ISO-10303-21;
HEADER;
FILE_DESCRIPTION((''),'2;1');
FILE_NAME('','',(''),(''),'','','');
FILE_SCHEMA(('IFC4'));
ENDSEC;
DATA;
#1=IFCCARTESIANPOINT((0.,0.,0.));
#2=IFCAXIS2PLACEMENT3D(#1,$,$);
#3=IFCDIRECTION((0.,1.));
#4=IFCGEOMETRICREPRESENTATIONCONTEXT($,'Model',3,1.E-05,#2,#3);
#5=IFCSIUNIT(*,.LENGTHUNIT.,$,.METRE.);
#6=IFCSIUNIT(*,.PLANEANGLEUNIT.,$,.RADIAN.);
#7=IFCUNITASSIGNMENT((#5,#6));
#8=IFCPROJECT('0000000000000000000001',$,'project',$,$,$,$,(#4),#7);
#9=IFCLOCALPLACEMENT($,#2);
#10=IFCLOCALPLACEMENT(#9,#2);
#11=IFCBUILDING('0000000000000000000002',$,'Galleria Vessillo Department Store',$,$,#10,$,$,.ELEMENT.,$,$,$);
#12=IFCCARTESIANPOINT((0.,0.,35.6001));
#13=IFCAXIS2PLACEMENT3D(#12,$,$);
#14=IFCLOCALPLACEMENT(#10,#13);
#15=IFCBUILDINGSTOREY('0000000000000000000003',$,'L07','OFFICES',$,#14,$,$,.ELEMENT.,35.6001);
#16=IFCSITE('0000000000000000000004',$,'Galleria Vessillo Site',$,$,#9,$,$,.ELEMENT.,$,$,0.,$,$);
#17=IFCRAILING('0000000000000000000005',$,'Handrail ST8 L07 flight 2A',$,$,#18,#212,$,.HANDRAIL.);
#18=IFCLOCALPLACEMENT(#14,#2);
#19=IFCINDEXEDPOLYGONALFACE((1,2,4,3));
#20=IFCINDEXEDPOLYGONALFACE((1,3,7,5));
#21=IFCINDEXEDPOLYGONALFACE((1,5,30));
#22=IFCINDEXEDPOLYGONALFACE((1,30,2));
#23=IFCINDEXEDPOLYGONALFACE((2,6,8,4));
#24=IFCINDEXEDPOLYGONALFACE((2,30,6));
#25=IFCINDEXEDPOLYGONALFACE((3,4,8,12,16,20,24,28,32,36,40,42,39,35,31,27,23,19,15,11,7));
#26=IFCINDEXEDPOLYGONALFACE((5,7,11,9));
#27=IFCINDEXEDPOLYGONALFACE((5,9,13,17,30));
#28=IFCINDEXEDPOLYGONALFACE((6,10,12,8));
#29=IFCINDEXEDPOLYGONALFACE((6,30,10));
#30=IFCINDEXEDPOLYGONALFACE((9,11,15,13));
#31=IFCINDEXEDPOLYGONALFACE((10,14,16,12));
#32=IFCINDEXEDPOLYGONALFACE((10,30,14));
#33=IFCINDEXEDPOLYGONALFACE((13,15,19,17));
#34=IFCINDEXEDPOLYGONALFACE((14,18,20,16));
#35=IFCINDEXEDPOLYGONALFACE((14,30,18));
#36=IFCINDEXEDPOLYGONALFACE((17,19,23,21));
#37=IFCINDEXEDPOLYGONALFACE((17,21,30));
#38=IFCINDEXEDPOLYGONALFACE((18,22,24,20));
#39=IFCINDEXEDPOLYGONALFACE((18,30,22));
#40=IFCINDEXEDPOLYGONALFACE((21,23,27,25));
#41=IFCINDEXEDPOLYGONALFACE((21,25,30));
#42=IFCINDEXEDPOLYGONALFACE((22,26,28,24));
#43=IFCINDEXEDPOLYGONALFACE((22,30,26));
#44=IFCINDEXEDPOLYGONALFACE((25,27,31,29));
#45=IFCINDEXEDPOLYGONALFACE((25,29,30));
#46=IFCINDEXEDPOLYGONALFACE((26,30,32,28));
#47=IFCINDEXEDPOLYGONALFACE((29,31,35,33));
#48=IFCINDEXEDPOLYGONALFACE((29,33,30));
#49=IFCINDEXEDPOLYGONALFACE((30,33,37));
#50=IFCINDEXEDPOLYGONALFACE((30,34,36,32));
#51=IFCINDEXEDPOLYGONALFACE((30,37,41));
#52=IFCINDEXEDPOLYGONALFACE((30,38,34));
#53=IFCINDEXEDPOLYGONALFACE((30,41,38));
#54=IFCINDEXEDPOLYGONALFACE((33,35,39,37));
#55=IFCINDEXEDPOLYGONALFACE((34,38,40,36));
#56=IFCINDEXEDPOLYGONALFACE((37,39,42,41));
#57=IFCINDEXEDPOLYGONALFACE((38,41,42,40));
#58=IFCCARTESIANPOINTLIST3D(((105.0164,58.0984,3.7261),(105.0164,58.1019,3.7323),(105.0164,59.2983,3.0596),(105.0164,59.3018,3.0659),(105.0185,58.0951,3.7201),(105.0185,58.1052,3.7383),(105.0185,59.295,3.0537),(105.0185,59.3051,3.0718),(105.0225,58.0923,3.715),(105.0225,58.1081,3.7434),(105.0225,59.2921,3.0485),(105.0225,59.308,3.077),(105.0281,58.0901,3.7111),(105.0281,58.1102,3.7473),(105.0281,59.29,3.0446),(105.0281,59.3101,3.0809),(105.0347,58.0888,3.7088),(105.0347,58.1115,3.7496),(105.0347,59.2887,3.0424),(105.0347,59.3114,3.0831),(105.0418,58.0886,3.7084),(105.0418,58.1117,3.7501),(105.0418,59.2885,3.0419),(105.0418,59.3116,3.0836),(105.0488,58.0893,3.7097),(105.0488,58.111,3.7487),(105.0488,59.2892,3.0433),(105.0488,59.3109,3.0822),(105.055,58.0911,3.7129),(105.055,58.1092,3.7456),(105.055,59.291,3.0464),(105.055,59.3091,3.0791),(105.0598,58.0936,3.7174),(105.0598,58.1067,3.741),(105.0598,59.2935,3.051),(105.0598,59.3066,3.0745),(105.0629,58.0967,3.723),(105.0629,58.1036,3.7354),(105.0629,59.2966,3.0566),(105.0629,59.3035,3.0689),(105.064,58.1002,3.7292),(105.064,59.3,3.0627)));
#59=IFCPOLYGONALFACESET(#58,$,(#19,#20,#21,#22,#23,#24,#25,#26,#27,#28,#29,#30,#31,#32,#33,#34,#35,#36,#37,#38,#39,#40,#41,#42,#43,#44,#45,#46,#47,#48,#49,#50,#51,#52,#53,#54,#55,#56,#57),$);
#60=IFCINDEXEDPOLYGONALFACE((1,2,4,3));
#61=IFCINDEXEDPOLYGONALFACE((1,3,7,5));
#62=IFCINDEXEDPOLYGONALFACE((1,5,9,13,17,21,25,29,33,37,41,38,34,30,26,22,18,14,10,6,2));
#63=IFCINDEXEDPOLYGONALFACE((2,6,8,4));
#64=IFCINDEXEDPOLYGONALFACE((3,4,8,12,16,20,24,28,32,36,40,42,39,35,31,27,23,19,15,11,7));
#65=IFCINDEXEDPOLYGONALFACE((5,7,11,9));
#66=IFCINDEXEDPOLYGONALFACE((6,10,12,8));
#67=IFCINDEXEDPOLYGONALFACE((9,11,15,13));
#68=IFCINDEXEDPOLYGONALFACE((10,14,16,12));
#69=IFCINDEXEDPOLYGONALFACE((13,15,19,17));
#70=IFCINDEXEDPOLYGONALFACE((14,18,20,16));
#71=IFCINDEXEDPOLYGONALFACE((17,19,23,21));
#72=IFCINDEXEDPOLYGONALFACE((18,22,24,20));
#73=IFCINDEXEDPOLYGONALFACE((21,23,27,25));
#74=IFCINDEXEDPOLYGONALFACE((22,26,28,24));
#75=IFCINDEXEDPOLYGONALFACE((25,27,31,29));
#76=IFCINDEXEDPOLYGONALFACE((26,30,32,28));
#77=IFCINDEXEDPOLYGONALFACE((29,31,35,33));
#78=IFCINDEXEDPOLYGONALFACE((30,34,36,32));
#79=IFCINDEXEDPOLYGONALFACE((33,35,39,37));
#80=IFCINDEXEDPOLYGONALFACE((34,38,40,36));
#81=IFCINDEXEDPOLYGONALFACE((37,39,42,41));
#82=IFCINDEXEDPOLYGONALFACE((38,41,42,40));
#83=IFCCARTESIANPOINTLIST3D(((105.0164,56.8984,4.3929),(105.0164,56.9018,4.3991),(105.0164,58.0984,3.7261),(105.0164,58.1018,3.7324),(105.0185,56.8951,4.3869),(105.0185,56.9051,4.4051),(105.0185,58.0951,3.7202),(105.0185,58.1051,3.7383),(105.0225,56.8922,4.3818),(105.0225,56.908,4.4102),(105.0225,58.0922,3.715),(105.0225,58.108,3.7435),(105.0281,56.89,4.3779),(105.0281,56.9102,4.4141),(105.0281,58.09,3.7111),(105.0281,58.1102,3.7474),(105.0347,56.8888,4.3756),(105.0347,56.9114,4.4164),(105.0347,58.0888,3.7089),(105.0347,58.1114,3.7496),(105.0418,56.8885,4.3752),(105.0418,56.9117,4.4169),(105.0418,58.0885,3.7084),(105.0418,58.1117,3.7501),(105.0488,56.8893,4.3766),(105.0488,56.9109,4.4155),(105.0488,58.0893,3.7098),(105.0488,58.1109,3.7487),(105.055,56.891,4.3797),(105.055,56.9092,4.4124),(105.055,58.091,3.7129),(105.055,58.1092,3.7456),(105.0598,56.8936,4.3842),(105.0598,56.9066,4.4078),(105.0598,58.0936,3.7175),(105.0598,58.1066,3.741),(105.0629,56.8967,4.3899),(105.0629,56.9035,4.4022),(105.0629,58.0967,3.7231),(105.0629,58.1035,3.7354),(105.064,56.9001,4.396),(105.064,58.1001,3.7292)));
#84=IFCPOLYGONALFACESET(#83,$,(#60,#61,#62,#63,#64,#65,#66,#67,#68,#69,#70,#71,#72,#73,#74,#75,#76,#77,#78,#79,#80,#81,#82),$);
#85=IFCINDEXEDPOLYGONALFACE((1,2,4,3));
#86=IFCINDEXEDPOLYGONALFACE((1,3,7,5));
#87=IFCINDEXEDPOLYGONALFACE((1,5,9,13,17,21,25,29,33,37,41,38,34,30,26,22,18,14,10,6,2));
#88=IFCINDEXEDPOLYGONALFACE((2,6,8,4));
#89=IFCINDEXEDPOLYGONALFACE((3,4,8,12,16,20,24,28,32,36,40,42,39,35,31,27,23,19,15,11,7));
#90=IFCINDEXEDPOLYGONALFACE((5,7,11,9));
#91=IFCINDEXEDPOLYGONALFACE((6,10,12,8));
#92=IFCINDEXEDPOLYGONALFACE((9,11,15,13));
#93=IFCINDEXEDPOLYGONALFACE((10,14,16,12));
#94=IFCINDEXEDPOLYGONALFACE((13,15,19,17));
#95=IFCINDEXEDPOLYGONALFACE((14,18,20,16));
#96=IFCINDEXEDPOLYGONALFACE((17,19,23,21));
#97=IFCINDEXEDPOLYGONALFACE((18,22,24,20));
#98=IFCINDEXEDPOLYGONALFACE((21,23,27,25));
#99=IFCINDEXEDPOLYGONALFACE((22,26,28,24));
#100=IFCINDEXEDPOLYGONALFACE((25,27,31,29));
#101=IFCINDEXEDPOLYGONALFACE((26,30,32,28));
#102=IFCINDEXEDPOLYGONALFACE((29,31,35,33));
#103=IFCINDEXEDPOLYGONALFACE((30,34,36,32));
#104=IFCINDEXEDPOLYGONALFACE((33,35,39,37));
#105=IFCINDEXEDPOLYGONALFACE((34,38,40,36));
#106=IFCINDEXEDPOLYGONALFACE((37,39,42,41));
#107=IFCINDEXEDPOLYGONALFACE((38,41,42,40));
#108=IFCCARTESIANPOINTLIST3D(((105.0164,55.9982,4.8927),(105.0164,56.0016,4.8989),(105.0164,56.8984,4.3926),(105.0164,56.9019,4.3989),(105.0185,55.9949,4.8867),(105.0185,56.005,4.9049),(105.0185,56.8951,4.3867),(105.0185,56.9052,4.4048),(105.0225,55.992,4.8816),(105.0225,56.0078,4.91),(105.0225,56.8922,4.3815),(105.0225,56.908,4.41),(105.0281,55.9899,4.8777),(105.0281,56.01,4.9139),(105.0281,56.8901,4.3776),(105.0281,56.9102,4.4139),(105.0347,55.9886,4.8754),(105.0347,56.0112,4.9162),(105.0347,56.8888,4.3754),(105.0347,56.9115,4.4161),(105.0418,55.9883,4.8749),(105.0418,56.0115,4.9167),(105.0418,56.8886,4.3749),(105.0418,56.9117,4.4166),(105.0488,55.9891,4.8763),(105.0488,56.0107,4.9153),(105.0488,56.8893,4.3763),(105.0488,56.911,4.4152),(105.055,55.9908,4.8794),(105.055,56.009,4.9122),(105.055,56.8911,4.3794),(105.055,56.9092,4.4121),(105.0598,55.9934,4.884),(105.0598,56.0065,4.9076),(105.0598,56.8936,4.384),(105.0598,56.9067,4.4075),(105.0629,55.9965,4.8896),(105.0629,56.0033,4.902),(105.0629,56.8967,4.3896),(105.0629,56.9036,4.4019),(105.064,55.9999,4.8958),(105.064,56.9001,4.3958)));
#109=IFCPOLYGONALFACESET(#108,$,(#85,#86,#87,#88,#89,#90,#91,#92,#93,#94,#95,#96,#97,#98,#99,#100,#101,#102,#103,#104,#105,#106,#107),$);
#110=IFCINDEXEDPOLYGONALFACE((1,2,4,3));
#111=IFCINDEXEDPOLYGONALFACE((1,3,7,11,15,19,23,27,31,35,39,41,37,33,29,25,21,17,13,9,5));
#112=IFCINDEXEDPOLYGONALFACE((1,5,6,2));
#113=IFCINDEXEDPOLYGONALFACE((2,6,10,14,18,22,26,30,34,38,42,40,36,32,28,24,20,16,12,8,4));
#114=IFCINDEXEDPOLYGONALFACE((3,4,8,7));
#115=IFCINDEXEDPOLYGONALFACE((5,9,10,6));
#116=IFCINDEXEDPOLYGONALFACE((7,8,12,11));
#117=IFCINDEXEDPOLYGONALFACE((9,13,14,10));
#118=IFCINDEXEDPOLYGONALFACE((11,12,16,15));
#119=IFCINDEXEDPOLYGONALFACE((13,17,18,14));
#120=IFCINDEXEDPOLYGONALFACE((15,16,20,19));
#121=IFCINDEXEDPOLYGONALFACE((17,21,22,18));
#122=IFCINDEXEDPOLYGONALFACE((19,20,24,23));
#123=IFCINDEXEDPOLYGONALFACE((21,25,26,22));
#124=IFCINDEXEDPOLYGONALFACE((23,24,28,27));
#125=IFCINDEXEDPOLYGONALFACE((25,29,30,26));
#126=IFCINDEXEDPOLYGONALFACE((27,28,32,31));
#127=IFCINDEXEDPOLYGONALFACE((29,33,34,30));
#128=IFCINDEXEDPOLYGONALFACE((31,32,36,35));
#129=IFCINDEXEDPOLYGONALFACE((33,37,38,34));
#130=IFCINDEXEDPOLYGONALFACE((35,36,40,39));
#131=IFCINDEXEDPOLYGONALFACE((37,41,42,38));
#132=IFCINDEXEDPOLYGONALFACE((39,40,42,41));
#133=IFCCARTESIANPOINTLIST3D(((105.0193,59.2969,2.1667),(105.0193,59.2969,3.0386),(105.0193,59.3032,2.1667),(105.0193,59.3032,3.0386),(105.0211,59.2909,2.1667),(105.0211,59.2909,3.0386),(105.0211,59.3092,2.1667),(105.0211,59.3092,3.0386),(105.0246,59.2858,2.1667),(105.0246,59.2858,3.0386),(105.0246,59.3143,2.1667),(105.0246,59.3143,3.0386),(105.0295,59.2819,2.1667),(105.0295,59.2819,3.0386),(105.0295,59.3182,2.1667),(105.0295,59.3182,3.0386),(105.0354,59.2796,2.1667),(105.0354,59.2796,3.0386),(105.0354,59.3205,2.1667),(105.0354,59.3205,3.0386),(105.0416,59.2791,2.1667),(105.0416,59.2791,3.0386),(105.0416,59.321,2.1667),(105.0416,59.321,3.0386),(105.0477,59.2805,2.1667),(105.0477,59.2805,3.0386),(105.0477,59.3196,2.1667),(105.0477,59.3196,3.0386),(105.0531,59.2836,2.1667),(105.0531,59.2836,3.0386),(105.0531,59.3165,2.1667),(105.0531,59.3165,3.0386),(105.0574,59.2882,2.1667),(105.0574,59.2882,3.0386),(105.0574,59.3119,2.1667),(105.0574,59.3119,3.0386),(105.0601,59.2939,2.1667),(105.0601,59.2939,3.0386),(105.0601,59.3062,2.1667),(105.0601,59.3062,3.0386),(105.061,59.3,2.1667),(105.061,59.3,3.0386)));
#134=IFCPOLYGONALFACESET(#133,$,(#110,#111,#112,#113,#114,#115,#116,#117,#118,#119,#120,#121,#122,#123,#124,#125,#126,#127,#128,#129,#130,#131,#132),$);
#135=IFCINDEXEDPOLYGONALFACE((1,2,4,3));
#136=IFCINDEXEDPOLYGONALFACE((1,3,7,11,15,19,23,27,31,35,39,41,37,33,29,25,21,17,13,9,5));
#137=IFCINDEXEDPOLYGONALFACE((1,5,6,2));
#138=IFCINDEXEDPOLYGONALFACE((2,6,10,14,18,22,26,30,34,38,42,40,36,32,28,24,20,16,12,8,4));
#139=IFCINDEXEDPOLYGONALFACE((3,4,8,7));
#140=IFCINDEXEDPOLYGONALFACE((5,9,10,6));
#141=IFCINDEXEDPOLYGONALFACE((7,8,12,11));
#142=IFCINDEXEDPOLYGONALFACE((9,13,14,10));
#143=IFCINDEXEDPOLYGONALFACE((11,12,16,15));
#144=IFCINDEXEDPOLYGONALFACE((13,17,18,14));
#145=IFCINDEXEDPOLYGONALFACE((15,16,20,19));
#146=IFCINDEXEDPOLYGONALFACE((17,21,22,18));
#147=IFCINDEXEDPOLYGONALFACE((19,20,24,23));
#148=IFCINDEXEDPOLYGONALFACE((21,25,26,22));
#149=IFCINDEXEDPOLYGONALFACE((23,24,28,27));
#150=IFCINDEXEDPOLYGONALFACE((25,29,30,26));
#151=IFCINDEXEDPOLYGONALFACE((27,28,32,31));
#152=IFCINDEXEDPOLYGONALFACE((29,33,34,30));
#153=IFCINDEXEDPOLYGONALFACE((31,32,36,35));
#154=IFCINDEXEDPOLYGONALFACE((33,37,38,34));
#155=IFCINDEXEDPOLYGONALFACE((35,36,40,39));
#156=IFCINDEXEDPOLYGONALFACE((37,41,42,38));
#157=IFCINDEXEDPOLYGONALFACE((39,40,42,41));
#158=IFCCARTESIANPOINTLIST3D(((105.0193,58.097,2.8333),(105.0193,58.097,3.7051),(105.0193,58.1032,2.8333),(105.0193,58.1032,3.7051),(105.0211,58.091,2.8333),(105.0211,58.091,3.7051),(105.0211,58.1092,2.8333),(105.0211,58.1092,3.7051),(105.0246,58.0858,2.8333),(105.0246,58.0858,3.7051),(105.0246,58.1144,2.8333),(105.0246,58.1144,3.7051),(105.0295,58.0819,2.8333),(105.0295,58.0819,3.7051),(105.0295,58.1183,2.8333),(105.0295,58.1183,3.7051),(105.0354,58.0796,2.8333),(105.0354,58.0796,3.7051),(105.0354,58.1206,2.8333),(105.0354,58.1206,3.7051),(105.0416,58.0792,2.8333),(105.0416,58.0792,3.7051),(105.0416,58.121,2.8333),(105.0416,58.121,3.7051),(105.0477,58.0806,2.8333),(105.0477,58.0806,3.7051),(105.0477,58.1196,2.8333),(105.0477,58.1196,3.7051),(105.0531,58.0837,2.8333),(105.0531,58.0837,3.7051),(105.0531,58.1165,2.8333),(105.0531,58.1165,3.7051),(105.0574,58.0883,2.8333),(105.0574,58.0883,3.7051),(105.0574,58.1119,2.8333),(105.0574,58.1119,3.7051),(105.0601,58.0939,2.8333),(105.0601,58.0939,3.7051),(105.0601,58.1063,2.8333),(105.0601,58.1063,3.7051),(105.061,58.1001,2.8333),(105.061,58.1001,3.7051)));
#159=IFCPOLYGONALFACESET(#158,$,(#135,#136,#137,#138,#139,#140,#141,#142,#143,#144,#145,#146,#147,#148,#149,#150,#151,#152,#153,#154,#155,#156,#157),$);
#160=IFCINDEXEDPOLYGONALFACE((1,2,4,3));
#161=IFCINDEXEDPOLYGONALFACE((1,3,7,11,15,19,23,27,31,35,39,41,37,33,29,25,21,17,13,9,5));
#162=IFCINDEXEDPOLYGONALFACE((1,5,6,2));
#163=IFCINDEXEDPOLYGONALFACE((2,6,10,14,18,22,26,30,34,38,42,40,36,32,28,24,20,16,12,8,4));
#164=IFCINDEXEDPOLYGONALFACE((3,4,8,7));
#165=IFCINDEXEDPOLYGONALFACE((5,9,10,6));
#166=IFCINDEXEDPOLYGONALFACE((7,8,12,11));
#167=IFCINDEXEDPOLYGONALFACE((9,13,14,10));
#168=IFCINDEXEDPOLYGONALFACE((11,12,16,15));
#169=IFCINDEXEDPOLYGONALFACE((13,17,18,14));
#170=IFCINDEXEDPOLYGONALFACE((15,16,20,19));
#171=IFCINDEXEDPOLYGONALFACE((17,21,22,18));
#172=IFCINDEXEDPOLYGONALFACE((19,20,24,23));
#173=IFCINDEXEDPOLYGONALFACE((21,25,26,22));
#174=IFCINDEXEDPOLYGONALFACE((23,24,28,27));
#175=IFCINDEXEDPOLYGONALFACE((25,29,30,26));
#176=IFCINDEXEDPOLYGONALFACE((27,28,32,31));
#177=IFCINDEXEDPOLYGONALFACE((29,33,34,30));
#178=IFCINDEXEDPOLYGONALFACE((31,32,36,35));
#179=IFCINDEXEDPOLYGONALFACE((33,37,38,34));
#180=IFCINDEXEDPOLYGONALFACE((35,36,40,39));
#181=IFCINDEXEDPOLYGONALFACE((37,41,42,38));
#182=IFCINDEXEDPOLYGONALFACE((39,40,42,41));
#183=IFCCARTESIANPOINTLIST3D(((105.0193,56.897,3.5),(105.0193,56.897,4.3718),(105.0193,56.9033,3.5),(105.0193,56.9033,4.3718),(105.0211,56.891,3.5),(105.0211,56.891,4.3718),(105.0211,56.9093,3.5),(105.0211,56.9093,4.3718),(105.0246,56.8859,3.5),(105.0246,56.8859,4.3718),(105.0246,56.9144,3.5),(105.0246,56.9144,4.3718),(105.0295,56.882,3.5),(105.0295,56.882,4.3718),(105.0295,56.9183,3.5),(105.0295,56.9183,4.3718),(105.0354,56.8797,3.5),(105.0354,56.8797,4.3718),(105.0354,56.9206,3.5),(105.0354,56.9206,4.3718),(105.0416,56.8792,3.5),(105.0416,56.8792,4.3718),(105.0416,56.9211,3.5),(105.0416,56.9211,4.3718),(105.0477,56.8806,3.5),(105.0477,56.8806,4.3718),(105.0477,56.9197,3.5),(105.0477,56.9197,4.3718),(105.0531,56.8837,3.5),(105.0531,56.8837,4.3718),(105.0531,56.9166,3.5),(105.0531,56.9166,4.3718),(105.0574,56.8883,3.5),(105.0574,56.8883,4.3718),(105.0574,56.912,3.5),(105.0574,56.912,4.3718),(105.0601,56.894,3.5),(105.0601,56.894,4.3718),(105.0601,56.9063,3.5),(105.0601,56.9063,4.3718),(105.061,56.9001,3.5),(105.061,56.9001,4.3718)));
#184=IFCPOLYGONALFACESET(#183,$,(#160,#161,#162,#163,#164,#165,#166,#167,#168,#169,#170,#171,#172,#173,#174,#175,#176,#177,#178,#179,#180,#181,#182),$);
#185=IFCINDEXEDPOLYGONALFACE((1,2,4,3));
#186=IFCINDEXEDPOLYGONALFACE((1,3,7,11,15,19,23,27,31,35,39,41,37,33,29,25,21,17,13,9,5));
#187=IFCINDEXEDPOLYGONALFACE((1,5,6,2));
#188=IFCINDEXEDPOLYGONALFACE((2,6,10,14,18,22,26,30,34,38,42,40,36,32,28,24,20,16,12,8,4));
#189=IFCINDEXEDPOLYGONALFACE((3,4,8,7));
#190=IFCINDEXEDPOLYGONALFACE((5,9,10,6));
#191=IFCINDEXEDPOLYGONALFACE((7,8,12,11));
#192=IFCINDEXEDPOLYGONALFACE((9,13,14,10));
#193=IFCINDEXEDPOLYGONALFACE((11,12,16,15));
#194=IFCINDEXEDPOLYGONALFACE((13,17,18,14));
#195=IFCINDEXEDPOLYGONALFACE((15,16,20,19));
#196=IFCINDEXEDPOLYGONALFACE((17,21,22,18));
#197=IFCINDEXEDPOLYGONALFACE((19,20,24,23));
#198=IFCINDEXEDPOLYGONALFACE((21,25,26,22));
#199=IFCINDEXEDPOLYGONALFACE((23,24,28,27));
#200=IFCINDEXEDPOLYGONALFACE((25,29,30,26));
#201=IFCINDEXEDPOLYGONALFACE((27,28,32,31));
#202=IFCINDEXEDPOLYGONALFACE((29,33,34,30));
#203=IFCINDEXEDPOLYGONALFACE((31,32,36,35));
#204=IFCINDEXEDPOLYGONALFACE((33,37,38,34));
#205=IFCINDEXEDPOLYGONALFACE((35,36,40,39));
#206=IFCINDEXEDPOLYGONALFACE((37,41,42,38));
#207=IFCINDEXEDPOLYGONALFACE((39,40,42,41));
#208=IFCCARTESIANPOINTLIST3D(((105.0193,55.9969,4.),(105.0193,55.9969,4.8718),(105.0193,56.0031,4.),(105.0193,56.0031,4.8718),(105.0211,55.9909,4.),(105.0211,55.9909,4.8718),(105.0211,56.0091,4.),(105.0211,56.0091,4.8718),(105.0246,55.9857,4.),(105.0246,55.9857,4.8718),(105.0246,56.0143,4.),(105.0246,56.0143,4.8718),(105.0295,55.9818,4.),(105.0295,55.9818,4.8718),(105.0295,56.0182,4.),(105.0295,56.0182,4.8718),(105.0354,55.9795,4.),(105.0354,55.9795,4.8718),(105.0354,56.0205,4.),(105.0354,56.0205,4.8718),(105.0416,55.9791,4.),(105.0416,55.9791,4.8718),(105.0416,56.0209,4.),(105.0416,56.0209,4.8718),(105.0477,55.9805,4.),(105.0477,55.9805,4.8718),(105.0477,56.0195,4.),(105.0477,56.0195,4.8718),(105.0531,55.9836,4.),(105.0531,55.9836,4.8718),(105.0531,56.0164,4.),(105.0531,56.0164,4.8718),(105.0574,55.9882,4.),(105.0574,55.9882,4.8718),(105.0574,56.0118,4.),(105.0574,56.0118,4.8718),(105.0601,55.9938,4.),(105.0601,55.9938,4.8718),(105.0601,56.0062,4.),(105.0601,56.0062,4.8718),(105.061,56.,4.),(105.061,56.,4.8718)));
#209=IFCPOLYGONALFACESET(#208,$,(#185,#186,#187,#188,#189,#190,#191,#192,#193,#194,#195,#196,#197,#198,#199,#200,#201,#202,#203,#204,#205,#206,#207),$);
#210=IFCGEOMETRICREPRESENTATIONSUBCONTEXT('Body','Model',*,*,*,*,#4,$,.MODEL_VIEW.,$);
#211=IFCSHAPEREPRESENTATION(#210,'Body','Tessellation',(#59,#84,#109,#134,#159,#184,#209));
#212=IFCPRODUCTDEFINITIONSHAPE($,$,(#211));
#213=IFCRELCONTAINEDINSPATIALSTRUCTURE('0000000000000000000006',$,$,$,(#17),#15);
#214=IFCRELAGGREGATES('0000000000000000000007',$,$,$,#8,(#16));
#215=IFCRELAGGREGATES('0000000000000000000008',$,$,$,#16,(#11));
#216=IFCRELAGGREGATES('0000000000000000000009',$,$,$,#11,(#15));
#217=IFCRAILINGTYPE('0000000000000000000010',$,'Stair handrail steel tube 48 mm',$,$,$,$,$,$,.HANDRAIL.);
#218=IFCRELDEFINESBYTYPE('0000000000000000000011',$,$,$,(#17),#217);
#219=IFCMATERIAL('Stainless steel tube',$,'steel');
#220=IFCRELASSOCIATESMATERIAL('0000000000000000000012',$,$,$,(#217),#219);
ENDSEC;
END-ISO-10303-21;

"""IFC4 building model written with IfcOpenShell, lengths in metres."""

from ifc_helpers import new_model, si_unit, direction, frame, origin, origin_2d, place, context, subcontext, project, spatial, circle, extrude, material, type_object, element, save


model = new_model("IFC4")

# Units and contexts
model_context = context("Model", 3, precision=1e-05, world=origin(), true_north=direction((0.0, 1.0)))
body_context = subcontext(model_context, "Body", "Model", "MODEL_VIEW")
ifc_project = project(units=[si_unit("LENGTHUNIT", "METRE"), si_unit("PLANEANGLEUNIT", "RADIAN")], contexts=[model_context])

# Site, building, storey
site_placement = place(None, origin())
site = spatial("IfcSite", under=ifc_project, at=site_placement, Name="Galleria Vessillo Site", CompositionType="ELEMENT", RefElevation=0.0)
building_placement = place(site_placement, origin())
building = spatial("IfcBuilding", under=site, at=building_placement, Name="Galleria Vessillo Department Store", CompositionType="ELEMENT")
storey_placement = place(building_placement, frame((0.0, 0.0, 35.6001)))
storey = spatial("IfcBuildingStorey", under=building, at=storey_placement, Name="L07", Description="OFFICES", CompositionType="ELEMENT", Elevation=35.6001)

# Railing
ifc_material_1 = material(Name="Stainless steel tube", Category="steel")
railing_type = type_object("IfcRailingType", Name="Stair handrail steel tube 48 mm", PredefinedType="HANDRAIL", material=ifc_material_1)
for number, where, name in (
    (1, (105.04, 59.3, 2.1667), "Handrail ST8 L07 flight 2A"),
):
    element("IfcRailing", number, at=place(storey_placement, frame(where)), inside=storey, type_object=railing_type, Name=name, PredefinedType="HANDRAIL", context=body_context, shape_type="SweptSolid", body=[
        extrude(circle(Radius=0.0239, at=origin_2d()), frame((0.0, 0.0, 0.896), z_axis=(0.0, -0.874199, 0.485567), x_axis=(1.0, 0.0, 0.0)), (0.0, 0.0, 1.0), 1.3726),
        extrude(circle(Radius=0.0239, at=origin_2d()), frame((0.0, -1.2, 1.5625), z_axis=(0.0, -0.874124, 0.485703), x_axis=(1.0, 0.0, 0.0)), (0.0, 0.0, 1.0), 1.3728),
        extrude(circle(Radius=0.0239, at=origin_2d()), frame((0.0, -2.3999, 2.229), z_axis=(0.0, -0.874191, 0.485583), x_axis=(1.0, 0.0, 0.0)), (0.0, 0.0, 1.0), 1.0298),
        extrude(circle(Radius=0.021, at=origin_2d()), origin(), (0.0, 0.0, 1.0), 0.8718),
        extrude(circle(Radius=0.021, at=origin_2d()), frame((0.0, -1.2, 0.6665)), (0.0, 0.0, 1.0), 0.8718),
        extrude(circle(Radius=0.021, at=origin_2d()), frame((0.0, -2.3999, 1.3333)), (0.0, 0.0, 1.0), 0.8718),
        extrude(circle(Radius=0.021, at=origin_2d()), frame((0.0, -3.3, 1.8333)), (0.0, 0.0, 1.0), 0.8718),
    ])

save(model, "model.ifc")
